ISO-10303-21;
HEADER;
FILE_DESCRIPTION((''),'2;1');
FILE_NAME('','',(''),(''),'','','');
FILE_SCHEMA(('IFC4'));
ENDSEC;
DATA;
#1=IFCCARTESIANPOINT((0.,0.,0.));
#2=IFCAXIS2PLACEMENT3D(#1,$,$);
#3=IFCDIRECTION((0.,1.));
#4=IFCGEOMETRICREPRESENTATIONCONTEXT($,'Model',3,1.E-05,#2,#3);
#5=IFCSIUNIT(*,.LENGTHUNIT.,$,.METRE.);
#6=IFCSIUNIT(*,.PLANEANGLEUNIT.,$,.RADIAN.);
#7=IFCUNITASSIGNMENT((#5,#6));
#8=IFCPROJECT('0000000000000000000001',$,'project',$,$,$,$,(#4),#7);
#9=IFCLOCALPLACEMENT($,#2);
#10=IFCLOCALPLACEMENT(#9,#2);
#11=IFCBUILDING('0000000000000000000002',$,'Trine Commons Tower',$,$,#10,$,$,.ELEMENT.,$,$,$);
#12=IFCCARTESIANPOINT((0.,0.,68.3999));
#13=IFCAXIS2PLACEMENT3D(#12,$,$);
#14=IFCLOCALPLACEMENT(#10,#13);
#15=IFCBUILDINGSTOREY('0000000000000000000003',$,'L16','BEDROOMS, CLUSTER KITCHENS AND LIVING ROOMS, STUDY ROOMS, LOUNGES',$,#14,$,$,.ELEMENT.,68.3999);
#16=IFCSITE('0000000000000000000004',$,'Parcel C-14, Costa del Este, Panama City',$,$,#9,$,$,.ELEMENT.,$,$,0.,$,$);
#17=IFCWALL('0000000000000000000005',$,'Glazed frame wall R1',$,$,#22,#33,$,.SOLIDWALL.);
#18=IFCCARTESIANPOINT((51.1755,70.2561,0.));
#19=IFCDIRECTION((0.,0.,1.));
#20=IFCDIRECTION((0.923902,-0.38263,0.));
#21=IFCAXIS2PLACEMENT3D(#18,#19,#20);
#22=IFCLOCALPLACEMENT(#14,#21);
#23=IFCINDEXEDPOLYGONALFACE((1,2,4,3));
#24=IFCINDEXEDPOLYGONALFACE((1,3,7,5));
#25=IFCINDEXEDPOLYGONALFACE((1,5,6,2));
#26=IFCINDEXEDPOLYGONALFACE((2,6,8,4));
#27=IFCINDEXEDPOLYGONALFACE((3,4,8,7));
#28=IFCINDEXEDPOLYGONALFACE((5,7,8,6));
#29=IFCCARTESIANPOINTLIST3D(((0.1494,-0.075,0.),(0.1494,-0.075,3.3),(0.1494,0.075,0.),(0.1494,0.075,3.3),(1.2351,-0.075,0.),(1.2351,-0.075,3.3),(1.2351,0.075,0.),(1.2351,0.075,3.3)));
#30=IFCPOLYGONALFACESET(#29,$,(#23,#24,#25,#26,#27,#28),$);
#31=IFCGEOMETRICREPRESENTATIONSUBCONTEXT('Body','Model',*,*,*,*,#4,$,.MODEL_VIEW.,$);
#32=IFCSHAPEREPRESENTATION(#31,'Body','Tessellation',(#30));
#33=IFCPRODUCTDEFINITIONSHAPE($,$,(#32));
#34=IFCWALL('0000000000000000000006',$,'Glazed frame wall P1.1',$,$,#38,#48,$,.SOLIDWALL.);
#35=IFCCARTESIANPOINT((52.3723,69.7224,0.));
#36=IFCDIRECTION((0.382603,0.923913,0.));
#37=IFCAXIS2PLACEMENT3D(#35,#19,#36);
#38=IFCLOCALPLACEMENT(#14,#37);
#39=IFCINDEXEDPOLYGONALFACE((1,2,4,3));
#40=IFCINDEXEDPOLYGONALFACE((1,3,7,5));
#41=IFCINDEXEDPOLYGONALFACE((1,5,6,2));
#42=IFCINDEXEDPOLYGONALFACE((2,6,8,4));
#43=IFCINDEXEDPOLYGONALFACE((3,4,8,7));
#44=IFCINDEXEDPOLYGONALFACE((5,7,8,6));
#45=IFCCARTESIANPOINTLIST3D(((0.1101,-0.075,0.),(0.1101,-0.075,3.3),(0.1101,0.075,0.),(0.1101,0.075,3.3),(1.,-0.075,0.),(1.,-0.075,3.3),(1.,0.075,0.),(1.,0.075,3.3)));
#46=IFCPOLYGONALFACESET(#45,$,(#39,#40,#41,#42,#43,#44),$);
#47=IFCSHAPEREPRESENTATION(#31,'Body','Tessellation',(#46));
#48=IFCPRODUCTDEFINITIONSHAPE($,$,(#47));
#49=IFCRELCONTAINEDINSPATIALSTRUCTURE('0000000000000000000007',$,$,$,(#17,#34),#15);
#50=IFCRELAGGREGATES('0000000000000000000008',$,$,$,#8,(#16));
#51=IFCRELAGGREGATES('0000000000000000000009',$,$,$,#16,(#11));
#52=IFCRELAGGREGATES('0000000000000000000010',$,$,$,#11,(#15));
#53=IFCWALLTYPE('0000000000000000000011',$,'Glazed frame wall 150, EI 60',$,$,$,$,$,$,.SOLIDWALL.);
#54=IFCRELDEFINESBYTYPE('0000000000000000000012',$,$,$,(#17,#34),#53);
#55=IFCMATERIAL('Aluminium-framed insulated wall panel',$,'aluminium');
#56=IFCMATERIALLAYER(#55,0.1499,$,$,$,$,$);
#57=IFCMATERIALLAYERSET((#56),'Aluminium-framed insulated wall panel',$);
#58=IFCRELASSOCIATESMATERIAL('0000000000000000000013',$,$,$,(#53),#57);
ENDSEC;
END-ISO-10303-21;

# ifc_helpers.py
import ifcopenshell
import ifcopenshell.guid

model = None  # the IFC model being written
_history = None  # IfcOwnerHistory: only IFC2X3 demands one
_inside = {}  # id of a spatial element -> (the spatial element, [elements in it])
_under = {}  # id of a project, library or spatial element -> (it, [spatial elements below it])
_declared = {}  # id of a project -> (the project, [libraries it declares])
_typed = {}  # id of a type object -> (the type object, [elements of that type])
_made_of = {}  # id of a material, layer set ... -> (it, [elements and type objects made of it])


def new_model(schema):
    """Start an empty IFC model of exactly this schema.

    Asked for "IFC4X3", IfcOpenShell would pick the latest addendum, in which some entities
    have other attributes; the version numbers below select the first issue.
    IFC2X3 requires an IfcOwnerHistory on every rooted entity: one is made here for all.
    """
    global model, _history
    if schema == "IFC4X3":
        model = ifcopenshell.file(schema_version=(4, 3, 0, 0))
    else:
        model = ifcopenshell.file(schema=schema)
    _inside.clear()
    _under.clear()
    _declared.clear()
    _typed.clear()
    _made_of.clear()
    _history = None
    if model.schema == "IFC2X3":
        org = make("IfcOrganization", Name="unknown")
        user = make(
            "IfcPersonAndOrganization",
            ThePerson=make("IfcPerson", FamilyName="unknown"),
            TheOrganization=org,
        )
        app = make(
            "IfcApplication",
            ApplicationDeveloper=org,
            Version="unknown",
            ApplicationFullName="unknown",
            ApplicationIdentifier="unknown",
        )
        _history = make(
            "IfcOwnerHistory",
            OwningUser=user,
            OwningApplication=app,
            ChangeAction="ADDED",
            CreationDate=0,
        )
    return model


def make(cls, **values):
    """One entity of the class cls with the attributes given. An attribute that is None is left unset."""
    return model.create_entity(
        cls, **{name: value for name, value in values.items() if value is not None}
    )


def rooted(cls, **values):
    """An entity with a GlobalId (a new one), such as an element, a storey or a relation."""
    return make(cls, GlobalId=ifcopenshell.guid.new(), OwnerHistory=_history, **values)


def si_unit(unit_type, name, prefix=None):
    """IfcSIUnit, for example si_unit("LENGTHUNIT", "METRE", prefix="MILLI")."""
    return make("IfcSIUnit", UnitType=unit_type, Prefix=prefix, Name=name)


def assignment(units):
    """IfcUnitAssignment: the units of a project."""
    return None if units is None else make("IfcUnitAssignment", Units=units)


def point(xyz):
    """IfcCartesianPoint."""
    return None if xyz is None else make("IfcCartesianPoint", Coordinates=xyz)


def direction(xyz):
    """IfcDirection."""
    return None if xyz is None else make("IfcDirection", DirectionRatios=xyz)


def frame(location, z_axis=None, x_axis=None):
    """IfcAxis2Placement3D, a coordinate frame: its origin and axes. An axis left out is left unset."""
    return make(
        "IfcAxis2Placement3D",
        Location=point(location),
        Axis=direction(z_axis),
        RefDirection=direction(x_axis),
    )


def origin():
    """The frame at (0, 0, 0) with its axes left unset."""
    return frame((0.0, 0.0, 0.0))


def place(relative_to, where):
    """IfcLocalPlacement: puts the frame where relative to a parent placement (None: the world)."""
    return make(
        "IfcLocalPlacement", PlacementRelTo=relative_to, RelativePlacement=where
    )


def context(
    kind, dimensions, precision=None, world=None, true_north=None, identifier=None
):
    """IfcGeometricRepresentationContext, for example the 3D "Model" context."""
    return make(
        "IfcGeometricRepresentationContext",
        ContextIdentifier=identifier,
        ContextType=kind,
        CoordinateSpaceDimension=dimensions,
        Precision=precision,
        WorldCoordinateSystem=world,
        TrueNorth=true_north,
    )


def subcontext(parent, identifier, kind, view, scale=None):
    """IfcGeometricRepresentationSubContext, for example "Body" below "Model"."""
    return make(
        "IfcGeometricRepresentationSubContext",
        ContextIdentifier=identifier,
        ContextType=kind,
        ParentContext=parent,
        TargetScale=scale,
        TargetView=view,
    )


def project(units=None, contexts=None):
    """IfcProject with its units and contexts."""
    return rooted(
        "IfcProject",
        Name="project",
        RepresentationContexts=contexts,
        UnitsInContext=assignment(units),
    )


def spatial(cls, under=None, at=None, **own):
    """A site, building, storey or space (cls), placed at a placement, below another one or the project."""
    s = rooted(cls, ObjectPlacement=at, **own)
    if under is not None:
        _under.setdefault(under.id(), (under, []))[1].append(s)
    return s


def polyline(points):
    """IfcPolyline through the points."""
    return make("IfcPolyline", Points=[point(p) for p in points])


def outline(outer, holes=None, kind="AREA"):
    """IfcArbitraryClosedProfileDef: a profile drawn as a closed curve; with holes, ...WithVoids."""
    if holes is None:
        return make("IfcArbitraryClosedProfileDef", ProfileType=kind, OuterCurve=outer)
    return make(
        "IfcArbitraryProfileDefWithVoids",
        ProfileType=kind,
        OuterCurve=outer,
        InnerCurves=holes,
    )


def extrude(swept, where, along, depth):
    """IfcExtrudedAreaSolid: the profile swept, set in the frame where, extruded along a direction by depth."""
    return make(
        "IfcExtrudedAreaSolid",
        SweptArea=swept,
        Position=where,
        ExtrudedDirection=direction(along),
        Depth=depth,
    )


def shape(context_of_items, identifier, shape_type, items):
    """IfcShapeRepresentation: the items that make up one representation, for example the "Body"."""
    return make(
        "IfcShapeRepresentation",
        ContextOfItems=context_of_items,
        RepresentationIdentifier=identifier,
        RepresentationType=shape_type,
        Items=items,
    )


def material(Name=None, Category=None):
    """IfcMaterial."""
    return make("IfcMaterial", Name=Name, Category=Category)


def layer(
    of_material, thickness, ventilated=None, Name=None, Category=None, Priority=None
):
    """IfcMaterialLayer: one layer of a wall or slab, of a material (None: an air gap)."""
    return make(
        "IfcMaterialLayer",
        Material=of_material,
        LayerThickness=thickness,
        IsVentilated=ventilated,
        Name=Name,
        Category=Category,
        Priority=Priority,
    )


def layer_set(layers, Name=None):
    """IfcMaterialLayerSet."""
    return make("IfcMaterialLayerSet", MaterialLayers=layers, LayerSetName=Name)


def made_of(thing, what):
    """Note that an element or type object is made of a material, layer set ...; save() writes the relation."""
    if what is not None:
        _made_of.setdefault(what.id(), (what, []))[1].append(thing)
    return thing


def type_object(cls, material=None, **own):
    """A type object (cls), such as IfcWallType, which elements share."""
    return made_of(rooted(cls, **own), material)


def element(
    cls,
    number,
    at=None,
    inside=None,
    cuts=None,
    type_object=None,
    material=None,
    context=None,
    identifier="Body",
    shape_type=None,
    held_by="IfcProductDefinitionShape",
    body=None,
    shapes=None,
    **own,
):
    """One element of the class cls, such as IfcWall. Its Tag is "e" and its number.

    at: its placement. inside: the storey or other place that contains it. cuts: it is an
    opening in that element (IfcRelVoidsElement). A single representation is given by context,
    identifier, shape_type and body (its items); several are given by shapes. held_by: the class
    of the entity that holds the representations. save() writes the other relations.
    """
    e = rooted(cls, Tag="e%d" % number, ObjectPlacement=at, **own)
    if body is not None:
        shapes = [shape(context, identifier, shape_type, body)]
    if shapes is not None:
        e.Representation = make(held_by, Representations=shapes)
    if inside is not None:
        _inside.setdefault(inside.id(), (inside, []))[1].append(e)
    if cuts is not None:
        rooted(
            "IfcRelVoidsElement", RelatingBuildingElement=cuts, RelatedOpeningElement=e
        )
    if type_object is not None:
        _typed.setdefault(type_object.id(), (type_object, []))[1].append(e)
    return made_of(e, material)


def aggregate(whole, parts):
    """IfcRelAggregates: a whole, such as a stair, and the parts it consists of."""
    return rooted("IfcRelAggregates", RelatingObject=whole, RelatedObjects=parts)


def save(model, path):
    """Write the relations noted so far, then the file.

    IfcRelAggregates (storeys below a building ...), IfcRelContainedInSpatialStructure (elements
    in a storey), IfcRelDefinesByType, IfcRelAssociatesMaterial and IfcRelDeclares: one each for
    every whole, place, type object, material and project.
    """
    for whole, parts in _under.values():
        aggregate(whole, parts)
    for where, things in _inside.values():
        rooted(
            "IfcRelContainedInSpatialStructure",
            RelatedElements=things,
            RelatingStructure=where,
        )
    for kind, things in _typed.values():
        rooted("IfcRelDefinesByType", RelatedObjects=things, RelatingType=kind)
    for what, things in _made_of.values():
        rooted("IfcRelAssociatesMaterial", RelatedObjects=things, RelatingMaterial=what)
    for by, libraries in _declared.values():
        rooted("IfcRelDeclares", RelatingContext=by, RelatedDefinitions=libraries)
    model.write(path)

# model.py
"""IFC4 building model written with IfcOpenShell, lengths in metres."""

from ifc_helpers import new_model, si_unit, direction, frame, origin, place, context, subcontext, project, spatial, polyline, outline, extrude, material, layer, layer_set, type_object, element, save


model = new_model("IFC4")

# Units and contexts
model_context = context("Model", 3, precision=1e-05, world=origin(), true_north=direction((0.0, 1.0)))
body_context = subcontext(model_context, "Body", "Model", "MODEL_VIEW")
ifc_project = project(units=[si_unit("LENGTHUNIT", "METRE"), si_unit("PLANEANGLEUNIT", "RADIAN")], contexts=[model_context])

# Site, building, storey
site_placement = place(None, origin())
site = spatial("IfcSite", under=ifc_project, at=site_placement, Name="Parcel C-14, Costa del Este, Panama City", CompositionType="ELEMENT", RefElevation=0.0)
building_placement = place(site_placement, origin())
building = spatial("IfcBuilding", under=site, at=building_placement, Name="Trine Commons Tower", CompositionType="ELEMENT")
storey_placement = place(building_placement, frame((0.0, 0.0, 68.3999)))
storey = spatial("IfcBuildingStorey", under=building, at=storey_placement, Name="L16", Description="BEDROOMS, CLUSTER KITCHENS AND LIVING ROOMS, STUDY ROOMS, LOUNGES", CompositionType="ELEMENT", Elevation=68.3999)

# Walls
ifc_material_1 = material(Name="Aluminium-framed insulated wall panel", Category="aluminium")
ifc_layer_1 = layer(ifc_material_1, 0.1499)
ifc_layer_set_1 = layer_set([ifc_layer_1], Name="Aluminium-framed insulated wall panel")
wall_type_1 = type_object("IfcWallType", Name="Glazed frame wall 150, EI 60", PredefinedType="SOLIDWALL", material=ifc_layer_set_1)
wall_1_placement = place(storey_placement, frame((51.1755, 70.2561, 0.0), z_axis=(0.0, 0.0, 1.0), x_axis=(0.923902, -0.38263, 0.0)))
element("IfcWall", 1, at=wall_1_placement, inside=storey, type_object=wall_type_1, Name="Glazed frame wall R1", PredefinedType="SOLIDWALL", context=body_context, shape_type="SweptSolid", body=[
    extrude(outline(polyline([(0.1494, 0.075), (0.1494, -0.075), (1.2351, -0.075), (1.2351, 0.075), (0.1494, 0.075)])), origin(), (0.0, 0.0, 1.0), 3.3),
])
wall_2_placement = place(storey_placement, frame((52.3723, 69.7224, 0.0), z_axis=(0.0, 0.0, 1.0), x_axis=(0.382603, 0.923913, 0.0)))
element("IfcWall", 2, at=wall_2_placement, inside=storey, type_object=wall_type_1, Name="Glazed frame wall P1.1", PredefinedType="SOLIDWALL", context=body_context, shape_type="SweptSolid", body=[
    extrude(outline(polyline([(0.1101, -0.075), (1.0, -0.075), (1.0, 0.075), (0.1101, 0.075), (0.1101, -0.075)])), origin(), (0.0, 0.0, 1.0), 3.3),
])

save(model, "model.ifc")
